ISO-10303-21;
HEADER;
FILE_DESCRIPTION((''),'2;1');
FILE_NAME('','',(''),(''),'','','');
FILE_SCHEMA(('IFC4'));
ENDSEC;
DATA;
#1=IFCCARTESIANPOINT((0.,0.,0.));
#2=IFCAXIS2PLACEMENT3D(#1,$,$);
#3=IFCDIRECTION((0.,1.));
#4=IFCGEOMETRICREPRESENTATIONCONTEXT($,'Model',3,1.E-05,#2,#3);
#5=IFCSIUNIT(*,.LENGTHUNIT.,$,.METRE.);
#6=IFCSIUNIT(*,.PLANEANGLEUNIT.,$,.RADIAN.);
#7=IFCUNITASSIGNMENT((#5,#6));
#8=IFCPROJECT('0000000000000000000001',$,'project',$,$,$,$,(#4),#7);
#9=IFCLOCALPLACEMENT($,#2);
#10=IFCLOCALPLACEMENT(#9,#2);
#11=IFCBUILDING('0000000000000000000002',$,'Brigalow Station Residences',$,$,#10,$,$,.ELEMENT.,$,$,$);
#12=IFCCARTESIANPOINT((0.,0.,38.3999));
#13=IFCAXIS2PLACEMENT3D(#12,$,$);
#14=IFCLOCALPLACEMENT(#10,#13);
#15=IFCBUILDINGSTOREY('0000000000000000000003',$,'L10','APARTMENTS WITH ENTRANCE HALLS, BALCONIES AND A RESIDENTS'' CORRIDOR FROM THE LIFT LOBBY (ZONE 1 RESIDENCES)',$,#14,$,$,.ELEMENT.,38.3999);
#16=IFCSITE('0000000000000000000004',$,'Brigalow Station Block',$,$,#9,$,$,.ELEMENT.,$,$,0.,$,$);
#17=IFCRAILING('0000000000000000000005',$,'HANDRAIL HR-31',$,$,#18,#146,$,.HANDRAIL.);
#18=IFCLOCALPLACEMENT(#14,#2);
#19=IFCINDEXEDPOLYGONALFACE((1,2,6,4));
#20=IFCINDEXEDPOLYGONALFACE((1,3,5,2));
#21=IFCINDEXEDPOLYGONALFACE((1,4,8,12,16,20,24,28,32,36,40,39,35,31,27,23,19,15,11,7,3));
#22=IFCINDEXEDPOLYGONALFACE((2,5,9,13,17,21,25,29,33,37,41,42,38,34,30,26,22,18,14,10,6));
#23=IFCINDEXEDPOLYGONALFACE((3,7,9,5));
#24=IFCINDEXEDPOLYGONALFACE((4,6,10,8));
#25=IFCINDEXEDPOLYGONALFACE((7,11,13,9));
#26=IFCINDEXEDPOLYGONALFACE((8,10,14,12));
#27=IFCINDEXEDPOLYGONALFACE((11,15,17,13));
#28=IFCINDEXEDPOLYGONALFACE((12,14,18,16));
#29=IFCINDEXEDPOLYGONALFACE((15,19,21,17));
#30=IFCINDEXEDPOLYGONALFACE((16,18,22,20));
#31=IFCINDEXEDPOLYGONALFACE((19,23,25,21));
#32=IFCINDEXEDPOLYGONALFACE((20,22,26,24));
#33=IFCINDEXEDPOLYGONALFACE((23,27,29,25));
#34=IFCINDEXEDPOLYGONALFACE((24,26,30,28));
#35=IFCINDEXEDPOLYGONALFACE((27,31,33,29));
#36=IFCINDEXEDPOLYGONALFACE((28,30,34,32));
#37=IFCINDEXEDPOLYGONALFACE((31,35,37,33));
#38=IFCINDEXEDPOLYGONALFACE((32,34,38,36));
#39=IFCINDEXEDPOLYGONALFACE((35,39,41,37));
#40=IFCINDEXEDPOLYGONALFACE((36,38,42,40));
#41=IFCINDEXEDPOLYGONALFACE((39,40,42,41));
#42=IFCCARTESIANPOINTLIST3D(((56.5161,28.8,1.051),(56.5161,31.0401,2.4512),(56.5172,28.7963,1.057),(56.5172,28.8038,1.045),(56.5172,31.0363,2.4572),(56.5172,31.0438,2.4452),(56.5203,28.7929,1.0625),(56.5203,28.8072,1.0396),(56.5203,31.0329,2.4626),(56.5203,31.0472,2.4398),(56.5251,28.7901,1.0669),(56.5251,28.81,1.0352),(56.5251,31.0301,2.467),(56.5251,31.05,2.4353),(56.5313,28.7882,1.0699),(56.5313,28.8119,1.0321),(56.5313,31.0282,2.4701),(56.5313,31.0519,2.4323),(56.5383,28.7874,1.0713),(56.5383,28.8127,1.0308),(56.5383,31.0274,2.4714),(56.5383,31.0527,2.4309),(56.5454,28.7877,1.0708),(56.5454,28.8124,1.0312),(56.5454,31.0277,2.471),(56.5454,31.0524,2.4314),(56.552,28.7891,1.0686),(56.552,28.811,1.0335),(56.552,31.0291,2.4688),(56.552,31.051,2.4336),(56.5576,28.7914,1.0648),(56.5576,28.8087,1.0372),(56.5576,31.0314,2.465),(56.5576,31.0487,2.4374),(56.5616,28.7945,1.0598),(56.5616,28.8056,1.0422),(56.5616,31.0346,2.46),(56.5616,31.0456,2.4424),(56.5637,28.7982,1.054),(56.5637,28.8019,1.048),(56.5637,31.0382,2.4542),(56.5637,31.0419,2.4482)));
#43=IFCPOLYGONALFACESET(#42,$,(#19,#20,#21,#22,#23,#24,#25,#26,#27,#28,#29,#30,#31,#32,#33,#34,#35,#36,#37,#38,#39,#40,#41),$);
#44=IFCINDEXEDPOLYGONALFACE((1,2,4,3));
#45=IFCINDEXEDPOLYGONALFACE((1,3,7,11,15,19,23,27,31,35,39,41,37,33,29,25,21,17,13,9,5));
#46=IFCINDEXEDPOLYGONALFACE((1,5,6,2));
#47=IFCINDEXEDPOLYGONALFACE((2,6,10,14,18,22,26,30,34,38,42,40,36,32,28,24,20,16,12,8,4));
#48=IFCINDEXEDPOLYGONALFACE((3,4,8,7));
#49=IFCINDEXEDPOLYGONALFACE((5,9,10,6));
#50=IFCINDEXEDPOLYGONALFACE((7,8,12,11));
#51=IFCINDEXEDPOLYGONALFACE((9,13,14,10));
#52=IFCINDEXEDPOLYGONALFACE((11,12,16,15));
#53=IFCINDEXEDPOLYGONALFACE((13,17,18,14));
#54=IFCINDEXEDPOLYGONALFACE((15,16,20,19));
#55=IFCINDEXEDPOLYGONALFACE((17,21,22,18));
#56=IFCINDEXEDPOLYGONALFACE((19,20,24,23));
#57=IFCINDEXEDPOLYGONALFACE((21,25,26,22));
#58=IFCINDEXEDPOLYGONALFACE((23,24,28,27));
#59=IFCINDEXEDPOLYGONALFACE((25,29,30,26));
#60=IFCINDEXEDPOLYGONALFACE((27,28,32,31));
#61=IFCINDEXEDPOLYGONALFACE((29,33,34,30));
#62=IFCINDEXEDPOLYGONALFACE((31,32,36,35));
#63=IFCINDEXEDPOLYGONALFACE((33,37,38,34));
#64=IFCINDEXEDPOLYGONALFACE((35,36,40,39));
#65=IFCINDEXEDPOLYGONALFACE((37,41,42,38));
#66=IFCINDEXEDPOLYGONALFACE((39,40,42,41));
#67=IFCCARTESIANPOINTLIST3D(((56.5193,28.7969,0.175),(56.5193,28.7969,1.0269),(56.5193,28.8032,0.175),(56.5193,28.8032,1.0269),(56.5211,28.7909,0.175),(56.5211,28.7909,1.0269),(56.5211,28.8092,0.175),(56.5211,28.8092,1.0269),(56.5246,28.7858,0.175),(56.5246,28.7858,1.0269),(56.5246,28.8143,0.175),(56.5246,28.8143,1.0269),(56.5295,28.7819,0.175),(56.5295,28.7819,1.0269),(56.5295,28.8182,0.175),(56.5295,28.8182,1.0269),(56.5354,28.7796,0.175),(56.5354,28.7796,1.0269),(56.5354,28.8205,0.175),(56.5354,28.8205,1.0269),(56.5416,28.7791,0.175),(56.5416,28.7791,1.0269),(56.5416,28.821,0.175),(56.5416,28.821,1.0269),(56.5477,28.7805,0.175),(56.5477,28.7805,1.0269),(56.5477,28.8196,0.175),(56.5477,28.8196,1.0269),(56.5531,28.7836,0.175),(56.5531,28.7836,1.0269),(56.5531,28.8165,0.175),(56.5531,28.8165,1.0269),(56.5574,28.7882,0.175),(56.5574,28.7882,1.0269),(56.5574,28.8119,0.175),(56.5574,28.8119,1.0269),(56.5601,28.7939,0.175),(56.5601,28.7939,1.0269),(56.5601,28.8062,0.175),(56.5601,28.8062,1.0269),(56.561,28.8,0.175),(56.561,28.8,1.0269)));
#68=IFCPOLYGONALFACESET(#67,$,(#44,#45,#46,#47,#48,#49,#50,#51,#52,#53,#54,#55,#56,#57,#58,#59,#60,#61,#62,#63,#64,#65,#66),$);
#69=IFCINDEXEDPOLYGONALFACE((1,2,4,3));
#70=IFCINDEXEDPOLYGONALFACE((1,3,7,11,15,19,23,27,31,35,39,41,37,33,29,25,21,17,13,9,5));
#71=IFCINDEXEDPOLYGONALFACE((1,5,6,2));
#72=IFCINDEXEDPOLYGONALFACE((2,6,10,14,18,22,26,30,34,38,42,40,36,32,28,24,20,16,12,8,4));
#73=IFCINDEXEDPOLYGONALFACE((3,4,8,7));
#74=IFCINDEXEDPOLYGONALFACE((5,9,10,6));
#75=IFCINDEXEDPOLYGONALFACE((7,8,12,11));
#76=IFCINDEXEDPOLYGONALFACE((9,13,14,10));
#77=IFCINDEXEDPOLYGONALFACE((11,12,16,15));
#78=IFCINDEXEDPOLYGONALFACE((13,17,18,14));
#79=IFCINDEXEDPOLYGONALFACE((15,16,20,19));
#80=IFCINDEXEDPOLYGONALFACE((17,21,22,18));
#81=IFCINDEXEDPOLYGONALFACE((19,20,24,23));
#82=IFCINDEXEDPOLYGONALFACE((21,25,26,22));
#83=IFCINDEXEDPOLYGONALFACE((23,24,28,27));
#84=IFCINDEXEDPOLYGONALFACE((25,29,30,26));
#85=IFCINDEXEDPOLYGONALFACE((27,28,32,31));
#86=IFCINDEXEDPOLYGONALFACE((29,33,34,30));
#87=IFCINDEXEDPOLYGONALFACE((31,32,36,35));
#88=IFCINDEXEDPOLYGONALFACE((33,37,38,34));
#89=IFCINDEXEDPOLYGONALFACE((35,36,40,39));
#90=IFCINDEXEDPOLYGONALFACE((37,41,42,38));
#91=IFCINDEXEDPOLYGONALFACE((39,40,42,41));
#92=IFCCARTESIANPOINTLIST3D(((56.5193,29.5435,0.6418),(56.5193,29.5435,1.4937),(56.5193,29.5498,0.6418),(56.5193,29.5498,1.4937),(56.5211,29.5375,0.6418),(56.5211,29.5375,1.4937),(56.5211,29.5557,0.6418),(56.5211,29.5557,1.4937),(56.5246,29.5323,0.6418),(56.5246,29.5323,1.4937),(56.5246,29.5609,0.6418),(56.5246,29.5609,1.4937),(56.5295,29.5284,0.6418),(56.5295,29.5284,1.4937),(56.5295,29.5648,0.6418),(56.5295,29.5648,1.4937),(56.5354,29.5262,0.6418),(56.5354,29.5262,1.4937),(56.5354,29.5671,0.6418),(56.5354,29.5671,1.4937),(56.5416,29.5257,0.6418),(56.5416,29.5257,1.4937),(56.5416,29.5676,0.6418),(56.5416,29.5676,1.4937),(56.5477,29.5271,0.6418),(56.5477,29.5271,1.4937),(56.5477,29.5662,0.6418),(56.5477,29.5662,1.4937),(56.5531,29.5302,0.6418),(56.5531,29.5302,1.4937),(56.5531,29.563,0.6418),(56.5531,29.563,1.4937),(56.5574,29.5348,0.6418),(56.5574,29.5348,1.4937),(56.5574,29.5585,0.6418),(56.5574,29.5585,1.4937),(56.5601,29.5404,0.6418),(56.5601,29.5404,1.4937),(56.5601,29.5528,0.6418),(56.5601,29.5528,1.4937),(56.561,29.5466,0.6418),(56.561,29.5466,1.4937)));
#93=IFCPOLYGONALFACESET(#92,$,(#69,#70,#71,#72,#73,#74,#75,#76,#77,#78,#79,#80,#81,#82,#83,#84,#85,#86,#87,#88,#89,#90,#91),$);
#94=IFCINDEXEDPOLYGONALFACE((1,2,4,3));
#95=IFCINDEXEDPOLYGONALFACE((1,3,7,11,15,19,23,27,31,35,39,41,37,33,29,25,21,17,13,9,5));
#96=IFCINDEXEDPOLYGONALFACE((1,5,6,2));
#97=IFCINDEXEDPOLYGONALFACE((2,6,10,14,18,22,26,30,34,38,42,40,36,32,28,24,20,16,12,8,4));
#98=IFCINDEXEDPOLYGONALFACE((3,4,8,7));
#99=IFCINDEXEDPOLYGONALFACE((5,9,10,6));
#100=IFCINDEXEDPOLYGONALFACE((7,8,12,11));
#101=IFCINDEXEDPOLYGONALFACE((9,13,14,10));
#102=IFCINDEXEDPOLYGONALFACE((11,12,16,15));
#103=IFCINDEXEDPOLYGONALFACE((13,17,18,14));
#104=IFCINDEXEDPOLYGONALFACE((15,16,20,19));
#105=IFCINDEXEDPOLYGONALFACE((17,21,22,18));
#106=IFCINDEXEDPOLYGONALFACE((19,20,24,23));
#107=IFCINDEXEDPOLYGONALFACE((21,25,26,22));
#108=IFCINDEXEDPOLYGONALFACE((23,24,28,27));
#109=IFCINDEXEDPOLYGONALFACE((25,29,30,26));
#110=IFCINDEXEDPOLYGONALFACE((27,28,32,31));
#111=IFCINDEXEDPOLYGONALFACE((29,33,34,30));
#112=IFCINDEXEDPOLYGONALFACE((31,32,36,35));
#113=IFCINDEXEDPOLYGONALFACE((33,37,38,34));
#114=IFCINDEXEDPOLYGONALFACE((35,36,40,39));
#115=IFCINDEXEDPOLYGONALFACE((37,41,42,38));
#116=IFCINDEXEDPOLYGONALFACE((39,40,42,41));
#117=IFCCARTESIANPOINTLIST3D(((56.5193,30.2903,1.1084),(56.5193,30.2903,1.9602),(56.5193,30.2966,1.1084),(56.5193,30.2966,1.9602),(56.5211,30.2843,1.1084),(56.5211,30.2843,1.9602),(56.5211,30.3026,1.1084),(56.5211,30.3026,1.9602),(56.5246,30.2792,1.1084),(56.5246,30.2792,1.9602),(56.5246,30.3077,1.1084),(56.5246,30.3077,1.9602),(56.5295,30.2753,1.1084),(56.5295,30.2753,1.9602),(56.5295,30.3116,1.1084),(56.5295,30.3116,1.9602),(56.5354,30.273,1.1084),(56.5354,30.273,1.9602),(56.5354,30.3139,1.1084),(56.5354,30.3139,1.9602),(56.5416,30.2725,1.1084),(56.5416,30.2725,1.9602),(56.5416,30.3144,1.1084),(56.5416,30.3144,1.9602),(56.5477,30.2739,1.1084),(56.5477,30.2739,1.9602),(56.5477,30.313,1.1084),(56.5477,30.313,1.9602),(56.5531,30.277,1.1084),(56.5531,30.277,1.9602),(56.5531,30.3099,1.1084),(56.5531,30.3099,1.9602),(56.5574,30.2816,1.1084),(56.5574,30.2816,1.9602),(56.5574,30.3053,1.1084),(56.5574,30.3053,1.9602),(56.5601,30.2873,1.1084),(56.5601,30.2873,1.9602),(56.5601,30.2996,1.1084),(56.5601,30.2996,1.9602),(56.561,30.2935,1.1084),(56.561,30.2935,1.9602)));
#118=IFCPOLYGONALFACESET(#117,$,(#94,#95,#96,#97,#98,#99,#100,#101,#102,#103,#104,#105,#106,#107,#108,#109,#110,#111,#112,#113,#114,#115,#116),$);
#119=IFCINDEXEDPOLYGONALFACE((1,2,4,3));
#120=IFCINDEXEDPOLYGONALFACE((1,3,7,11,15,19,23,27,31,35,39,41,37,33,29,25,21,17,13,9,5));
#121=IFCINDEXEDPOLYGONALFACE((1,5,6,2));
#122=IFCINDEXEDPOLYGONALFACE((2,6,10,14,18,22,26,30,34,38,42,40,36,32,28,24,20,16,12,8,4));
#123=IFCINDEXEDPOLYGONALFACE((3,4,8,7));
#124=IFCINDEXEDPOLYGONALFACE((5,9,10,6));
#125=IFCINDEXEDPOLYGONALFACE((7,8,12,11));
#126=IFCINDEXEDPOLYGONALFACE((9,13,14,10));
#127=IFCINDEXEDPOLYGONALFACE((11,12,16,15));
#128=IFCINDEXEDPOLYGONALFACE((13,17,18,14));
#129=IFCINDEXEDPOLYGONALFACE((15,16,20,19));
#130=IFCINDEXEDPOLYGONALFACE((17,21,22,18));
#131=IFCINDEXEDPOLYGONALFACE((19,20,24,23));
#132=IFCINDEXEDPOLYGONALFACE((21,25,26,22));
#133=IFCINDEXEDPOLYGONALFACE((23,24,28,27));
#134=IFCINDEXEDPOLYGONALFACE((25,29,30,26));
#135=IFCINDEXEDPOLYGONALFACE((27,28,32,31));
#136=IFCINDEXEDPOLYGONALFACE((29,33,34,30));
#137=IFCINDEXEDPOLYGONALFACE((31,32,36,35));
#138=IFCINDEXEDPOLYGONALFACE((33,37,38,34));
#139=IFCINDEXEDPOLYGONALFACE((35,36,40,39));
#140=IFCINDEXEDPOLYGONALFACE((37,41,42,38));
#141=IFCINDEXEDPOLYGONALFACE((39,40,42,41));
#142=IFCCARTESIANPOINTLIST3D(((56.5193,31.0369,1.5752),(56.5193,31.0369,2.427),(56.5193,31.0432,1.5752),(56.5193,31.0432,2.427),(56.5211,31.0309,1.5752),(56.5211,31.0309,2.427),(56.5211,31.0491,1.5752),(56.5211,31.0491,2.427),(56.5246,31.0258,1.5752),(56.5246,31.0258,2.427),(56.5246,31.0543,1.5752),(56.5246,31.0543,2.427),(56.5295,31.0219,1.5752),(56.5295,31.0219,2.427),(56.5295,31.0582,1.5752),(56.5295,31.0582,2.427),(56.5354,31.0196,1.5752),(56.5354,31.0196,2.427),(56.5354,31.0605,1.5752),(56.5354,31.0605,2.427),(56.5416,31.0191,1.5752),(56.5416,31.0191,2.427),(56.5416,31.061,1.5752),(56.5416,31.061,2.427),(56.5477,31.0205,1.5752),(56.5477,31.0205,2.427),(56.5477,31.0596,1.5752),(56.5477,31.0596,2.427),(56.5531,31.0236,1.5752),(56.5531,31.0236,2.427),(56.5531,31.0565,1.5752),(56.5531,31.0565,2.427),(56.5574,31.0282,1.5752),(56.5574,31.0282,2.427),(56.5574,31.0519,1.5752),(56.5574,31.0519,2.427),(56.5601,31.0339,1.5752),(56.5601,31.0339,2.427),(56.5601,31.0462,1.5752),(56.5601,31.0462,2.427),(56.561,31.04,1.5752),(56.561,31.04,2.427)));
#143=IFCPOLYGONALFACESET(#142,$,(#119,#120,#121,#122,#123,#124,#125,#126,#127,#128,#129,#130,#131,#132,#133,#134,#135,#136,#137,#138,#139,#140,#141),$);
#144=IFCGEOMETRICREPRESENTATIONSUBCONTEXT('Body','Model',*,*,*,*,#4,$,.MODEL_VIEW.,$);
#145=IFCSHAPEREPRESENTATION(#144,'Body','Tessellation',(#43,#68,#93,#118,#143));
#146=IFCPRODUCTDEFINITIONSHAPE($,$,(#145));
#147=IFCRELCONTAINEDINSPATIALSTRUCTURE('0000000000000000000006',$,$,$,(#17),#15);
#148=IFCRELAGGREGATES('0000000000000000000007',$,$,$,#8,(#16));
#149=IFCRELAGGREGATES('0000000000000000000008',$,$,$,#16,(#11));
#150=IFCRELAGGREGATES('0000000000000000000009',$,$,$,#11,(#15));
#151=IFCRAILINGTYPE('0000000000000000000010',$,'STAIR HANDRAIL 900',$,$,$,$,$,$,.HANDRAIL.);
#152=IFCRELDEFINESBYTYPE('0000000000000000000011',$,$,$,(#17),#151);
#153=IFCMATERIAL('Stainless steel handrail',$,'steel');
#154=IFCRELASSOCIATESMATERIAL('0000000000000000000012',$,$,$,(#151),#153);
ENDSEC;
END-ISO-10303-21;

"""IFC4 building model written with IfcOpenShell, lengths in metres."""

from ifc_helpers import new_model, si_unit, direction, frame, origin, origin_2d, place, context, subcontext, project, spatial, circle, extrude, material, type_object, element, save


model = new_model("IFC4")

# Units and contexts
model_context = context("Model", 3, precision=1e-05, world=origin(), true_north=direction((0.0, 1.0)))
body_context = subcontext(model_context, "Body", "Model", "MODEL_VIEW")
ifc_project = project(units=[si_unit("LENGTHUNIT", "METRE"), si_unit("PLANEANGLEUNIT", "RADIAN")], contexts=[model_context])

# Site, building, storey
site_placement = place(None, origin())
site = spatial("IfcSite", under=ifc_project, at=site_placement, Name="Brigalow Station Block", CompositionType="ELEMENT", RefElevation=0.0)
building_placement = place(site_placement, origin())
building = spatial("IfcBuilding", under=site, at=building_placement, Name="Brigalow Station Residences", CompositionType="ELEMENT")
storey_placement = place(building_placement, frame((0.0, 0.0, 38.3999)))
storey = spatial("IfcBuildingStorey", under=building, at=storey_placement, Name="L10", Description="APARTMENTS WITH ENTRANCE HALLS, BALCONIES AND A RESIDENTS' CORRIDOR FROM THE LIFT LOBBY (ZONE 1 RESIDENCES)", CompositionType="ELEMENT", Elevation=38.3999)

# Railing
ifc_material_1 = material(Name="Stainless steel handrail", Category="steel")
railing_type = type_object("IfcRailingType", Name="STAIR HANDRAIL 900", PredefinedType="HANDRAIL", material=ifc_material_1)
railing_placement = place(storey_placement, frame((56.54, 28.8, 0.175)))
element("IfcRailing", 1, at=railing_placement, inside=storey, type_object=railing_type, Name="HANDRAIL HR-31", PredefinedType="HANDRAIL", context=body_context, shape_type="SweptSolid", body=[
    extrude(circle(Radius=0.0239, at=origin_2d()), frame((0.0, 0.0, 0.876), z_axis=(0.0, 0.847972, 0.53004), x_axis=(-1.0, 0.0, 0.0)), (0.0, 0.0, 1.0), 2.6416),
    extrude(circle(Radius=0.021, at=origin_2d()), origin(), (0.0, 0.0, 1.0), 0.8518),
    extrude(circle(Radius=0.021, at=origin_2d()), frame((0.0, 0.7466, 0.4668)), (0.0, 0.0, 1.0), 0.8518),
    extrude(circle(Radius=0.021, at=origin_2d()), frame((0.0, 1.4934, 0.9333)), (0.0, 0.0, 1.0), 0.8518),
    extrude(circle(Radius=0.021, at=origin_2d()), frame((0.0, 2.24, 1.4001)), (0.0, 0.0, 1.0), 0.8518),
])

save(model, "model.ifc")
